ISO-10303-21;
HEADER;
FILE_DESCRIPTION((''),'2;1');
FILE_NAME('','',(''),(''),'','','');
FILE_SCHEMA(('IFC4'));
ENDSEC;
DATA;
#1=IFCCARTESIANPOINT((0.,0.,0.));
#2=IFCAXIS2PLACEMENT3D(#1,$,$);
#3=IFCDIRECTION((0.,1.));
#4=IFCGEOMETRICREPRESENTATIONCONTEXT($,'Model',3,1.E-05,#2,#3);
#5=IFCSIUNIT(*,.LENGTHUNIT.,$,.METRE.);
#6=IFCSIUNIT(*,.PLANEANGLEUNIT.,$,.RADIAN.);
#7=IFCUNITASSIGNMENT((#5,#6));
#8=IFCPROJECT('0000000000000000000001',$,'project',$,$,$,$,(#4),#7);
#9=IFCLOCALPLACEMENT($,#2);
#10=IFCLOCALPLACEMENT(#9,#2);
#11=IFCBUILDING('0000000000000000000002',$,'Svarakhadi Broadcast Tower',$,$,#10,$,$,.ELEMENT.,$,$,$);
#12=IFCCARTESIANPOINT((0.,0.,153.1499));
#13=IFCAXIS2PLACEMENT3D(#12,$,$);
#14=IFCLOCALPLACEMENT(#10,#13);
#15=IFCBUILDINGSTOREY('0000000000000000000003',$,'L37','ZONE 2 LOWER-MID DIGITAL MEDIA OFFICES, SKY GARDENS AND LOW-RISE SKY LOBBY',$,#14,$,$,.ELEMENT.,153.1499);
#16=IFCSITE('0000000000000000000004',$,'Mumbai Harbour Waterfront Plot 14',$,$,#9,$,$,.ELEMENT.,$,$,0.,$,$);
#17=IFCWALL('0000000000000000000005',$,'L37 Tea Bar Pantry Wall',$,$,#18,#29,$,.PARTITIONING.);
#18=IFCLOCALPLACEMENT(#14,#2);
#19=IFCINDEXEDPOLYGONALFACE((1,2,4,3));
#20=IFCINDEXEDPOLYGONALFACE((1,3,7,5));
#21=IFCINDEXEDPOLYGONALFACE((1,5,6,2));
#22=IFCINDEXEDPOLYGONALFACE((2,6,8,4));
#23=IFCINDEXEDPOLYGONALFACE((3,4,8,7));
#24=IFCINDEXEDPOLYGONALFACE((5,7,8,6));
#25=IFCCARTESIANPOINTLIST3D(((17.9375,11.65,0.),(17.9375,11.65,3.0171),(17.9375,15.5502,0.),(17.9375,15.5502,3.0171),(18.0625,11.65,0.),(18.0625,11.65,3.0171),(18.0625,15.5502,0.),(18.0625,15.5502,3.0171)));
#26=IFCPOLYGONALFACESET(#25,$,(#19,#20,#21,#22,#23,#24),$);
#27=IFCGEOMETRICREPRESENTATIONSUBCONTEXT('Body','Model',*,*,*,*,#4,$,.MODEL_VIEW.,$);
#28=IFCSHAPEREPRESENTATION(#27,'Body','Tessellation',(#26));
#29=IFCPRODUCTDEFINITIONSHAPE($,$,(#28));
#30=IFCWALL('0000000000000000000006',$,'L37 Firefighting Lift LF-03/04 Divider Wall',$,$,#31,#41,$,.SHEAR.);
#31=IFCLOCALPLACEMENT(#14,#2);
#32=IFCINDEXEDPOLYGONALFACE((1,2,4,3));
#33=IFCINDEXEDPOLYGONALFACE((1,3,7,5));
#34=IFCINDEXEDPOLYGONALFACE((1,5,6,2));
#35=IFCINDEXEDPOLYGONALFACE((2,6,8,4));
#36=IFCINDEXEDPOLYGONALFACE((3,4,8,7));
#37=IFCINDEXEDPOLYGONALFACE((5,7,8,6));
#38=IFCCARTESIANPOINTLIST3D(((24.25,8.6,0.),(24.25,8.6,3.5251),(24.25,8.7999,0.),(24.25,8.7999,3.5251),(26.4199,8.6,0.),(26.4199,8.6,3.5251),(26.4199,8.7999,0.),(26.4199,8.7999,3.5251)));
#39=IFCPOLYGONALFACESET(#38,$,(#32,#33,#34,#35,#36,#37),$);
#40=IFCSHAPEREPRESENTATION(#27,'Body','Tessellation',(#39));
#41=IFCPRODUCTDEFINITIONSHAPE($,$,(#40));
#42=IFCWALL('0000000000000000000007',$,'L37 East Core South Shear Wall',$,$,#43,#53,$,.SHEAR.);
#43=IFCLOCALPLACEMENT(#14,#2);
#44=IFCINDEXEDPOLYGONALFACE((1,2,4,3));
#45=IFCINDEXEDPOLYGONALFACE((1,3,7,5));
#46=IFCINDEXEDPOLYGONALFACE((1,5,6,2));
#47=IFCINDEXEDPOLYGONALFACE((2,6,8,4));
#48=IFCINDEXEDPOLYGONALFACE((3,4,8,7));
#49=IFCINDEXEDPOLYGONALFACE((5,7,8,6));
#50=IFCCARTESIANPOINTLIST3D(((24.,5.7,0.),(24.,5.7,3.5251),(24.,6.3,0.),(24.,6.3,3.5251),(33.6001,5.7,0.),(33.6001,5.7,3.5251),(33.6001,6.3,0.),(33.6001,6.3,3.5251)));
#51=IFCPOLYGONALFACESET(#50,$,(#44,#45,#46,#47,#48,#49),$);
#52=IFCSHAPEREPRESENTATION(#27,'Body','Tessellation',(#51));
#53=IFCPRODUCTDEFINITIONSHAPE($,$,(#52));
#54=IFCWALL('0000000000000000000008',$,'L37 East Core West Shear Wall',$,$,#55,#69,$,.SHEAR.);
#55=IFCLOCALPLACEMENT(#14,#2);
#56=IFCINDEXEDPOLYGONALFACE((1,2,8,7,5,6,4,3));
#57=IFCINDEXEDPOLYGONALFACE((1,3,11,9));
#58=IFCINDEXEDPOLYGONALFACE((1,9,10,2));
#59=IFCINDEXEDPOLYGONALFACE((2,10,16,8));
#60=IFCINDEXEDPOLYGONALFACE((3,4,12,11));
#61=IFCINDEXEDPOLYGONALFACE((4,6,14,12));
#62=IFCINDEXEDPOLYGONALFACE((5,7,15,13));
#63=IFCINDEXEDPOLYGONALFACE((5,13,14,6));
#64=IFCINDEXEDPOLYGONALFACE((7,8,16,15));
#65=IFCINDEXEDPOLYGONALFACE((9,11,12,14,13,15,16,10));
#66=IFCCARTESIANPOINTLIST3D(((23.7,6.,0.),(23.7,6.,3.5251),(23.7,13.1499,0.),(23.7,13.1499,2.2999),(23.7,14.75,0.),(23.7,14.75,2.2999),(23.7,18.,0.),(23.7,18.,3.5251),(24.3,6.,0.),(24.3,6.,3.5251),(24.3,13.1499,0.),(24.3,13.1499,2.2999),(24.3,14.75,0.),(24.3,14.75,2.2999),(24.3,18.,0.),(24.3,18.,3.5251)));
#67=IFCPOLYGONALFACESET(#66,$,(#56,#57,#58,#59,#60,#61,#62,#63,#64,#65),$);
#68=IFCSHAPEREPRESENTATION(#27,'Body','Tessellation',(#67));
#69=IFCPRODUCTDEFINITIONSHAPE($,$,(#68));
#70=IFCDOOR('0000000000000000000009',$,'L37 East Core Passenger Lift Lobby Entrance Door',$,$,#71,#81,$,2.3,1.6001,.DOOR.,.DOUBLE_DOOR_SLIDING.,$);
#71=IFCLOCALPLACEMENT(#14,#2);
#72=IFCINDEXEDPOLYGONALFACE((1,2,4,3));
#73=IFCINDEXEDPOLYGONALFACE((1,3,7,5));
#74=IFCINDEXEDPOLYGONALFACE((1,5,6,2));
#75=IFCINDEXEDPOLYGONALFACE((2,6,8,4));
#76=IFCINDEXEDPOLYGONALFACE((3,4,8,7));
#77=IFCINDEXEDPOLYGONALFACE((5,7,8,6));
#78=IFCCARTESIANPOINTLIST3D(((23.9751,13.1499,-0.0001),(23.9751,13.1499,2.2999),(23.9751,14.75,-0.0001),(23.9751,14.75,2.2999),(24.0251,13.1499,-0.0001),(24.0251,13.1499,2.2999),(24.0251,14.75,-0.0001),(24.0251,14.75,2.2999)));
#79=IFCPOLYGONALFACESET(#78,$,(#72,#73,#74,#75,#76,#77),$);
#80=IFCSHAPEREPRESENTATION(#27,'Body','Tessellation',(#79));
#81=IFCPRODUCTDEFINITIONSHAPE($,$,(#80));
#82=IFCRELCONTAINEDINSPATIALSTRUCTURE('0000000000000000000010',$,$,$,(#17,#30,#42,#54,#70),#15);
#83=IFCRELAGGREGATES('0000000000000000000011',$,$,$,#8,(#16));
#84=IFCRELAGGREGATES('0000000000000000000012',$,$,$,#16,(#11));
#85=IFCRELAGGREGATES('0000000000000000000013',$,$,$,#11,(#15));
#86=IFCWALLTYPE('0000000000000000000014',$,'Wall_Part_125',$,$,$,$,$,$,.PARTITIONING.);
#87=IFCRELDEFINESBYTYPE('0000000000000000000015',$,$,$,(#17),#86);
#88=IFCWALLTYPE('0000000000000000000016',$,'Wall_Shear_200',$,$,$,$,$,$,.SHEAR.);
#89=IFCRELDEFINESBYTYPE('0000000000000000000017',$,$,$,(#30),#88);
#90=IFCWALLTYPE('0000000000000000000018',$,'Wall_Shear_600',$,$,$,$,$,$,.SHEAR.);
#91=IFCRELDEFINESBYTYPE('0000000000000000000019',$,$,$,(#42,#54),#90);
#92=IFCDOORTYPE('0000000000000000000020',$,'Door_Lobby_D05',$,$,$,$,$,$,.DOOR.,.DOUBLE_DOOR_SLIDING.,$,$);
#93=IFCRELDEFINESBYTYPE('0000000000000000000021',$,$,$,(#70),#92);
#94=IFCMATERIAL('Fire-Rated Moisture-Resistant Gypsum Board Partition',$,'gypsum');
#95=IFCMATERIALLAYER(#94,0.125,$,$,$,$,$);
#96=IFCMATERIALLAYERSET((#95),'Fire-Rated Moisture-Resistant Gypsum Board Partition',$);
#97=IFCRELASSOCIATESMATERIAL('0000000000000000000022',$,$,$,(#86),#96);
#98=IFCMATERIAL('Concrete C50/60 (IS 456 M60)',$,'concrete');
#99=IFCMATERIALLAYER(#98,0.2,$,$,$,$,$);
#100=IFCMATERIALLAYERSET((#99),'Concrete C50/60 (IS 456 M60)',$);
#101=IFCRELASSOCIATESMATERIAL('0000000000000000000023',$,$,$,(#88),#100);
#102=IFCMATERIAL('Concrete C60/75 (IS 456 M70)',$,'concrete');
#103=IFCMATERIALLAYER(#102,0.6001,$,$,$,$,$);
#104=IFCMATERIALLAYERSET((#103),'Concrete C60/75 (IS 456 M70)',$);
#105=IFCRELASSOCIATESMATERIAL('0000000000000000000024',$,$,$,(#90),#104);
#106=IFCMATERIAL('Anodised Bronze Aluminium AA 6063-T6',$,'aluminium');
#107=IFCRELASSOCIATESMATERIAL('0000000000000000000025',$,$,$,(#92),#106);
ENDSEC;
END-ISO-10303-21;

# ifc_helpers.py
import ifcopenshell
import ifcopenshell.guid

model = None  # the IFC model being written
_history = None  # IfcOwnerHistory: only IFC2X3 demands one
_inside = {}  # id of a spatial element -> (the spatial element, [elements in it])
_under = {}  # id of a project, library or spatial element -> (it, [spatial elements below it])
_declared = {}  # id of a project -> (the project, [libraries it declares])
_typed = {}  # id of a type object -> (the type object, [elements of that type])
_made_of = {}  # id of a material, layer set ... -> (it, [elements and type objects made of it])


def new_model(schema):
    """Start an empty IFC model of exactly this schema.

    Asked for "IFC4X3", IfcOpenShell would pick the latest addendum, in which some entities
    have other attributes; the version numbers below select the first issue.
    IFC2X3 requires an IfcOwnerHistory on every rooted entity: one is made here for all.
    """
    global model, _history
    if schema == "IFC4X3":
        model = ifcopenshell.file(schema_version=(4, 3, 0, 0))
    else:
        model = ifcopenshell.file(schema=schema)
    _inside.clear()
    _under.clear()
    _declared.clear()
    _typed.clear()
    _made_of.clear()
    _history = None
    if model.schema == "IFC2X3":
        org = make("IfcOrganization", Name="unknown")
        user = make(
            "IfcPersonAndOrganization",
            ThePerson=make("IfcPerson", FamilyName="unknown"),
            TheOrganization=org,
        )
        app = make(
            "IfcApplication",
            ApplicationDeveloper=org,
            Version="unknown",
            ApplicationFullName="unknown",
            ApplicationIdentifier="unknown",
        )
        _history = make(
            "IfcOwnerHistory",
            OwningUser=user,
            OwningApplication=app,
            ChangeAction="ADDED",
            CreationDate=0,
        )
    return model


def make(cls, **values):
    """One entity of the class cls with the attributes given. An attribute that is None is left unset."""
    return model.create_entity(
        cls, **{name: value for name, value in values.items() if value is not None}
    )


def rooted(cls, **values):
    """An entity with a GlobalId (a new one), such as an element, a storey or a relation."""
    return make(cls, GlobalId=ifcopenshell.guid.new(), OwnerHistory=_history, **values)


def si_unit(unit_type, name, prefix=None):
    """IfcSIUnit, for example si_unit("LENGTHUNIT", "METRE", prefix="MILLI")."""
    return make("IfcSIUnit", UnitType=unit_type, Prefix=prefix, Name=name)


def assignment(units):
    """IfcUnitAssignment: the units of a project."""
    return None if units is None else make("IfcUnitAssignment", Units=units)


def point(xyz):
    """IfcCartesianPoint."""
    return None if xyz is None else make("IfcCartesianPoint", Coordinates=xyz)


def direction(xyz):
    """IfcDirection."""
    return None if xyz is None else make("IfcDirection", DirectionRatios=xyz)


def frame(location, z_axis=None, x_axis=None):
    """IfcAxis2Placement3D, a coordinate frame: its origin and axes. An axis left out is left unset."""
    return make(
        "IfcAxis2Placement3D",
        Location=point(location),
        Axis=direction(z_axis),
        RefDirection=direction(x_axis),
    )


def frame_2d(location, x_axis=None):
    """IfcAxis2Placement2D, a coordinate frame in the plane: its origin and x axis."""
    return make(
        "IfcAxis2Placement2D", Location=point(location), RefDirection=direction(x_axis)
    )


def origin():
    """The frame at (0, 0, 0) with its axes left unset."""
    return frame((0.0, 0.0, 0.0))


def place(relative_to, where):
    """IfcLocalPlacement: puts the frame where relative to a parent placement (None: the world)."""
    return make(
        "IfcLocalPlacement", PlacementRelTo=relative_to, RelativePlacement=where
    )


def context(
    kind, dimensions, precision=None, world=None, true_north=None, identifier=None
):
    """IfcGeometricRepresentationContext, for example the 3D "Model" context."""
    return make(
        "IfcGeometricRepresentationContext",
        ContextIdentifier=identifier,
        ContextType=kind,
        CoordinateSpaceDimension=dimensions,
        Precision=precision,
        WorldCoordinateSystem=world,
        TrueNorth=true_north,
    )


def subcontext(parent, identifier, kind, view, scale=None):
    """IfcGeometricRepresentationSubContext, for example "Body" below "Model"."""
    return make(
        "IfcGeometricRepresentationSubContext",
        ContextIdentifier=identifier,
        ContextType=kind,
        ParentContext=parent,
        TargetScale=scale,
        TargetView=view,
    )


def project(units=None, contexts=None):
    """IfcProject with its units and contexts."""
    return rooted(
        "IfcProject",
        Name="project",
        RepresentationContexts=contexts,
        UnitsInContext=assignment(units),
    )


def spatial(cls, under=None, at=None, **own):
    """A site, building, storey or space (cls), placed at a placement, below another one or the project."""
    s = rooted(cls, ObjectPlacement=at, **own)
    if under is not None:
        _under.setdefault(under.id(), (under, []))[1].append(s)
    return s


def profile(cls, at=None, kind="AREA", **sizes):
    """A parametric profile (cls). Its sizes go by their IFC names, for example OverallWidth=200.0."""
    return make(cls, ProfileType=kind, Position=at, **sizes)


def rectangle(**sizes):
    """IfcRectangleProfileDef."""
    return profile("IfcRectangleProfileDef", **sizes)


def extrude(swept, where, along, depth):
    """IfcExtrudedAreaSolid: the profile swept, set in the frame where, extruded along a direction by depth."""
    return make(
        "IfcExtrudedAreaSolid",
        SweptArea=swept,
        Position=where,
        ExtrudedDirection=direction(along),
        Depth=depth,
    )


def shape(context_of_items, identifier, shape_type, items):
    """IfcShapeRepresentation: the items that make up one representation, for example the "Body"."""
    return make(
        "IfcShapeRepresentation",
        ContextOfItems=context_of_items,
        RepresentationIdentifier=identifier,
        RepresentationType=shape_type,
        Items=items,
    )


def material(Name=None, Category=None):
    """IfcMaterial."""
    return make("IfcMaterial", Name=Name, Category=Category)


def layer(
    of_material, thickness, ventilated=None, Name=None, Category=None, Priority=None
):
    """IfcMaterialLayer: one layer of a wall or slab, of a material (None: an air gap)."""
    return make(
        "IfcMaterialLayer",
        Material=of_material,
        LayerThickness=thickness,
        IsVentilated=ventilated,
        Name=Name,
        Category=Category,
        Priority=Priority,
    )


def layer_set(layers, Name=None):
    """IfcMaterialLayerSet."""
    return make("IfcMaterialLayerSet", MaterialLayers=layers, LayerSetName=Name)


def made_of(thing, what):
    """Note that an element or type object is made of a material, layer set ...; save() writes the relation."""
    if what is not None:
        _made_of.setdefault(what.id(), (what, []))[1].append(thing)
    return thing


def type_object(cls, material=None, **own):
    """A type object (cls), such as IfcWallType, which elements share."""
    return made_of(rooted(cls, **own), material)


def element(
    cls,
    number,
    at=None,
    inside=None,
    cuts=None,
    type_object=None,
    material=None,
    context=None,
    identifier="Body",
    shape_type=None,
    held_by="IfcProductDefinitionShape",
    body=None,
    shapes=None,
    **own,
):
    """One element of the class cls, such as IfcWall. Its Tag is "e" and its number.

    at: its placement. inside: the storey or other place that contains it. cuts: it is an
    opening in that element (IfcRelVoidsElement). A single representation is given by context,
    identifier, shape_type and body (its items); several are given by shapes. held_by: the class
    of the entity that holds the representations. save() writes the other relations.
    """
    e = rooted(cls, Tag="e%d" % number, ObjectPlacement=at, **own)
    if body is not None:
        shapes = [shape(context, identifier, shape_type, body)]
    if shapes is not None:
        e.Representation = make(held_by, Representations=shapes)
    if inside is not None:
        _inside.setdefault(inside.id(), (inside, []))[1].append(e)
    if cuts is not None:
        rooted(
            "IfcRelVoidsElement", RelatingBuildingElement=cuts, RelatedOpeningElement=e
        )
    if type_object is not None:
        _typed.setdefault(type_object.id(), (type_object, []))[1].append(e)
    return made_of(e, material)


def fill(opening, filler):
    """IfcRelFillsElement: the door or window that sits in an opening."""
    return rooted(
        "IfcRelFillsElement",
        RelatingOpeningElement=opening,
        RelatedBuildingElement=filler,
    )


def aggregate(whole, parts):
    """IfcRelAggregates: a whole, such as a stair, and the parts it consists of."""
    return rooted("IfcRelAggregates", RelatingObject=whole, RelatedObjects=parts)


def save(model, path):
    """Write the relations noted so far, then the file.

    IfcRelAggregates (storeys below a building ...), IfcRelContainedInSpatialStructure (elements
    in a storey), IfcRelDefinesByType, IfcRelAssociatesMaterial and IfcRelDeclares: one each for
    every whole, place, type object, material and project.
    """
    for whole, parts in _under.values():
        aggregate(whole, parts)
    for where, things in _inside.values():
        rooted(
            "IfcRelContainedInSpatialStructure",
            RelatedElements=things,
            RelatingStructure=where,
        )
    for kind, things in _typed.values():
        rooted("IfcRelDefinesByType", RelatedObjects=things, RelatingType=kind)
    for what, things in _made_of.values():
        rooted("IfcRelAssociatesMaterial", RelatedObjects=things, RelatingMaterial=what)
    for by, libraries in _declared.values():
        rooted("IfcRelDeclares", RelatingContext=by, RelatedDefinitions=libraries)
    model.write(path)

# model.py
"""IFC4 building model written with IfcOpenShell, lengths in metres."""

from ifc_helpers import new_model, si_unit, direction, frame, frame_2d, origin, place, context, subcontext, project, spatial, rectangle, extrude, material, layer, layer_set, type_object, element, fill, save


model = new_model("IFC4")

# Units and contexts
model_context = context("Model", 3, precision=1e-05, world=origin(), true_north=direction((0.0, 1.0)))
body_context = subcontext(model_context, "Body", "Model", "MODEL_VIEW")
ifc_project = project(units=[si_unit("LENGTHUNIT", "METRE"), si_unit("PLANEANGLEUNIT", "RADIAN")], contexts=[model_context])

# Site, building, storey
site_placement = place(None, origin())
site = spatial("IfcSite", under=ifc_project, at=site_placement, Name="Mumbai Harbour Waterfront Plot 14", CompositionType="ELEMENT", RefElevation=0.0)
building_placement = place(site_placement, origin())
building = spatial("IfcBuilding", under=site, at=building_placement, Name="Svarakhadi Broadcast Tower", CompositionType="ELEMENT")
storey_placement = place(building_placement, frame((0.0, 0.0, 153.1499)))
storey = spatial("IfcBuildingStorey", under=building, at=storey_placement, Name="L37", Description="ZONE 2 LOWER-MID DIGITAL MEDIA OFFICES, SKY GARDENS AND LOW-RISE SKY LOBBY", CompositionType="ELEMENT", Elevation=153.1499)

# Shared definitions
ifc_material_1 = material(Name="Concrete C50/60 (IS 456 M60)", Category="concrete")

# Walls
ifc_material_2 = material(Name="Fire-Rated Moisture-Resistant Gypsum Board Partition", Category="gypsum")
ifc_layer_1 = layer(ifc_material_2, 0.125)
ifc_layer_set_1 = layer_set([ifc_layer_1], Name="Fire-Rated Moisture-Resistant Gypsum Board Partition")
wall_type_1 = type_object("IfcWallType", Name="Wall_Part_125", PredefinedType="PARTITIONING", material=ifc_layer_set_1)
wall_1_placement = place(storey_placement, frame((18.0, 11.6499, 0.0), z_axis=(0.0, 0.0, 1.0), x_axis=(0.0, 1.0, 0.0)))
element("IfcWall", 1, at=wall_1_placement, inside=storey, type_object=wall_type_1, Name="L37 Tea Bar Pantry Wall", PredefinedType="PARTITIONING", context=body_context, shape_type="SweptSolid", body=[
    extrude(rectangle(XDim=3.9001, YDim=0.125, at=frame_2d((1.9502, 0.0))), origin(), (0.0, 0.0, 1.0), 3.0171),
])
ifc_layer_2 = layer(ifc_material_1, 0.2)
ifc_layer_set_2 = layer_set([ifc_layer_2], Name="Concrete C50/60 (IS 456 M60)")
wall_type_2 = type_object("IfcWallType", Name="Wall_Shear_200", PredefinedType="SHEAR", material=ifc_layer_set_2)
wall_2_placement = place(storey_placement, frame((24.25, 8.7, 0.0), z_axis=(0.0, 0.0, 1.0), x_axis=(1.0, 0.0, 0.0)))
element("IfcWall", 2, at=wall_2_placement, inside=storey, type_object=wall_type_2, Name="L37 Firefighting Lift LF-03/04 Divider Wall", PredefinedType="SHEAR", context=body_context, shape_type="SweptSolid", body=[
    extrude(rectangle(XDim=2.1699, YDim=0.2, at=frame_2d((1.085, 0.0))), origin(), (0.0, 0.0, 1.0), 3.5251),
])
ifc_material_3 = material(Name="Concrete C60/75 (IS 456 M70)", Category="concrete")
ifc_layer_3 = layer(ifc_material_3, 0.6001)
ifc_layer_set_3 = layer_set([ifc_layer_3], Name="Concrete C60/75 (IS 456 M70)")
wall_type_3 = type_object("IfcWallType", Name="Wall_Shear_600", PredefinedType="SHEAR", material=ifc_layer_set_3)
wall_3_placement = place(storey_placement, frame((24.0, 6.0, 0.0), z_axis=(0.0, 0.0, 1.0), x_axis=(1.0, 0.0, 0.0)))
element("IfcWall", 3, at=wall_3_placement, inside=storey, type_object=wall_type_3, Name="L37 East Core South Shear Wall", PredefinedType="SHEAR", context=body_context, shape_type="SweptSolid", body=[
    extrude(rectangle(XDim=9.6001, YDim=0.6001, at=frame_2d((4.8, 0.0))), origin(), (0.0, 0.0, 1.0), 3.5251),
])

# Wall, opening, door
wall_4_placement = place(storey_placement, frame((24.0, 6.0, 0.0), z_axis=(0.0, 0.0, 1.0), x_axis=(0.0, 1.0, 0.0)))
wall_4 = element("IfcWall", 4, at=wall_4_placement, inside=storey, type_object=wall_type_3, Name="L37 East Core West Shear Wall", PredefinedType="SHEAR", context=body_context, shape_type="SweptSolid", body=[
    extrude(rectangle(XDim=12.0, YDim=0.6001, at=frame_2d((6.0, 0.0))), origin(), (0.0, 0.0, 1.0), 3.5251),
])
opening_1_placement = place(wall_4_placement, frame((7.1499, 0.0, 0.0)))
opening_1 = element("IfcOpeningElement", 5, at=opening_1_placement, cuts=wall_4, PredefinedType="OPENING", context=body_context, shape_type="SweptSolid", body=[
    extrude(rectangle(XDim=1.6001, YDim=2.3, at=frame_2d((0.8, 1.1499))), frame((0.0, 0.3101, 0.0), z_axis=(0.0, -1.0, 0.0), x_axis=(1.0, 0.0, 0.0)), (0.0, 0.0, 1.0), 0.6201),
])
ifc_material_4 = material(Name="Anodised Bronze Aluminium AA 6063-T6", Category="aluminium")
door_type_1 = type_object("IfcDoorType", Name="Door_Lobby_D05", OperationType="DOUBLE_DOOR_SLIDING", PredefinedType="DOOR", material=ifc_material_4)
door_1_placement = place(opening_1_placement, origin())
door_1 = element("IfcDoor", 6, at=door_1_placement, inside=storey, type_object=door_type_1, Name="L37 East Core Passenger Lift Lobby Entrance Door", OperationType="DOUBLE_DOOR_SLIDING", OverallHeight=2.3, OverallWidth=1.6001, PredefinedType="DOOR", context=body_context, shape_type="SweptSolid", body=[
    extrude(rectangle(XDim=1.6001, YDim=2.3, at=frame_2d((0.8, 1.1499))), frame((0.0, 0.0249, 0.0), z_axis=(0.0, -1.0, 0.0), x_axis=(1.0, 0.0, 0.0)), (0.0, 0.0, 1.0), 0.05),
])
fill(opening_1, door_1)

save(model, "model.ifc")
